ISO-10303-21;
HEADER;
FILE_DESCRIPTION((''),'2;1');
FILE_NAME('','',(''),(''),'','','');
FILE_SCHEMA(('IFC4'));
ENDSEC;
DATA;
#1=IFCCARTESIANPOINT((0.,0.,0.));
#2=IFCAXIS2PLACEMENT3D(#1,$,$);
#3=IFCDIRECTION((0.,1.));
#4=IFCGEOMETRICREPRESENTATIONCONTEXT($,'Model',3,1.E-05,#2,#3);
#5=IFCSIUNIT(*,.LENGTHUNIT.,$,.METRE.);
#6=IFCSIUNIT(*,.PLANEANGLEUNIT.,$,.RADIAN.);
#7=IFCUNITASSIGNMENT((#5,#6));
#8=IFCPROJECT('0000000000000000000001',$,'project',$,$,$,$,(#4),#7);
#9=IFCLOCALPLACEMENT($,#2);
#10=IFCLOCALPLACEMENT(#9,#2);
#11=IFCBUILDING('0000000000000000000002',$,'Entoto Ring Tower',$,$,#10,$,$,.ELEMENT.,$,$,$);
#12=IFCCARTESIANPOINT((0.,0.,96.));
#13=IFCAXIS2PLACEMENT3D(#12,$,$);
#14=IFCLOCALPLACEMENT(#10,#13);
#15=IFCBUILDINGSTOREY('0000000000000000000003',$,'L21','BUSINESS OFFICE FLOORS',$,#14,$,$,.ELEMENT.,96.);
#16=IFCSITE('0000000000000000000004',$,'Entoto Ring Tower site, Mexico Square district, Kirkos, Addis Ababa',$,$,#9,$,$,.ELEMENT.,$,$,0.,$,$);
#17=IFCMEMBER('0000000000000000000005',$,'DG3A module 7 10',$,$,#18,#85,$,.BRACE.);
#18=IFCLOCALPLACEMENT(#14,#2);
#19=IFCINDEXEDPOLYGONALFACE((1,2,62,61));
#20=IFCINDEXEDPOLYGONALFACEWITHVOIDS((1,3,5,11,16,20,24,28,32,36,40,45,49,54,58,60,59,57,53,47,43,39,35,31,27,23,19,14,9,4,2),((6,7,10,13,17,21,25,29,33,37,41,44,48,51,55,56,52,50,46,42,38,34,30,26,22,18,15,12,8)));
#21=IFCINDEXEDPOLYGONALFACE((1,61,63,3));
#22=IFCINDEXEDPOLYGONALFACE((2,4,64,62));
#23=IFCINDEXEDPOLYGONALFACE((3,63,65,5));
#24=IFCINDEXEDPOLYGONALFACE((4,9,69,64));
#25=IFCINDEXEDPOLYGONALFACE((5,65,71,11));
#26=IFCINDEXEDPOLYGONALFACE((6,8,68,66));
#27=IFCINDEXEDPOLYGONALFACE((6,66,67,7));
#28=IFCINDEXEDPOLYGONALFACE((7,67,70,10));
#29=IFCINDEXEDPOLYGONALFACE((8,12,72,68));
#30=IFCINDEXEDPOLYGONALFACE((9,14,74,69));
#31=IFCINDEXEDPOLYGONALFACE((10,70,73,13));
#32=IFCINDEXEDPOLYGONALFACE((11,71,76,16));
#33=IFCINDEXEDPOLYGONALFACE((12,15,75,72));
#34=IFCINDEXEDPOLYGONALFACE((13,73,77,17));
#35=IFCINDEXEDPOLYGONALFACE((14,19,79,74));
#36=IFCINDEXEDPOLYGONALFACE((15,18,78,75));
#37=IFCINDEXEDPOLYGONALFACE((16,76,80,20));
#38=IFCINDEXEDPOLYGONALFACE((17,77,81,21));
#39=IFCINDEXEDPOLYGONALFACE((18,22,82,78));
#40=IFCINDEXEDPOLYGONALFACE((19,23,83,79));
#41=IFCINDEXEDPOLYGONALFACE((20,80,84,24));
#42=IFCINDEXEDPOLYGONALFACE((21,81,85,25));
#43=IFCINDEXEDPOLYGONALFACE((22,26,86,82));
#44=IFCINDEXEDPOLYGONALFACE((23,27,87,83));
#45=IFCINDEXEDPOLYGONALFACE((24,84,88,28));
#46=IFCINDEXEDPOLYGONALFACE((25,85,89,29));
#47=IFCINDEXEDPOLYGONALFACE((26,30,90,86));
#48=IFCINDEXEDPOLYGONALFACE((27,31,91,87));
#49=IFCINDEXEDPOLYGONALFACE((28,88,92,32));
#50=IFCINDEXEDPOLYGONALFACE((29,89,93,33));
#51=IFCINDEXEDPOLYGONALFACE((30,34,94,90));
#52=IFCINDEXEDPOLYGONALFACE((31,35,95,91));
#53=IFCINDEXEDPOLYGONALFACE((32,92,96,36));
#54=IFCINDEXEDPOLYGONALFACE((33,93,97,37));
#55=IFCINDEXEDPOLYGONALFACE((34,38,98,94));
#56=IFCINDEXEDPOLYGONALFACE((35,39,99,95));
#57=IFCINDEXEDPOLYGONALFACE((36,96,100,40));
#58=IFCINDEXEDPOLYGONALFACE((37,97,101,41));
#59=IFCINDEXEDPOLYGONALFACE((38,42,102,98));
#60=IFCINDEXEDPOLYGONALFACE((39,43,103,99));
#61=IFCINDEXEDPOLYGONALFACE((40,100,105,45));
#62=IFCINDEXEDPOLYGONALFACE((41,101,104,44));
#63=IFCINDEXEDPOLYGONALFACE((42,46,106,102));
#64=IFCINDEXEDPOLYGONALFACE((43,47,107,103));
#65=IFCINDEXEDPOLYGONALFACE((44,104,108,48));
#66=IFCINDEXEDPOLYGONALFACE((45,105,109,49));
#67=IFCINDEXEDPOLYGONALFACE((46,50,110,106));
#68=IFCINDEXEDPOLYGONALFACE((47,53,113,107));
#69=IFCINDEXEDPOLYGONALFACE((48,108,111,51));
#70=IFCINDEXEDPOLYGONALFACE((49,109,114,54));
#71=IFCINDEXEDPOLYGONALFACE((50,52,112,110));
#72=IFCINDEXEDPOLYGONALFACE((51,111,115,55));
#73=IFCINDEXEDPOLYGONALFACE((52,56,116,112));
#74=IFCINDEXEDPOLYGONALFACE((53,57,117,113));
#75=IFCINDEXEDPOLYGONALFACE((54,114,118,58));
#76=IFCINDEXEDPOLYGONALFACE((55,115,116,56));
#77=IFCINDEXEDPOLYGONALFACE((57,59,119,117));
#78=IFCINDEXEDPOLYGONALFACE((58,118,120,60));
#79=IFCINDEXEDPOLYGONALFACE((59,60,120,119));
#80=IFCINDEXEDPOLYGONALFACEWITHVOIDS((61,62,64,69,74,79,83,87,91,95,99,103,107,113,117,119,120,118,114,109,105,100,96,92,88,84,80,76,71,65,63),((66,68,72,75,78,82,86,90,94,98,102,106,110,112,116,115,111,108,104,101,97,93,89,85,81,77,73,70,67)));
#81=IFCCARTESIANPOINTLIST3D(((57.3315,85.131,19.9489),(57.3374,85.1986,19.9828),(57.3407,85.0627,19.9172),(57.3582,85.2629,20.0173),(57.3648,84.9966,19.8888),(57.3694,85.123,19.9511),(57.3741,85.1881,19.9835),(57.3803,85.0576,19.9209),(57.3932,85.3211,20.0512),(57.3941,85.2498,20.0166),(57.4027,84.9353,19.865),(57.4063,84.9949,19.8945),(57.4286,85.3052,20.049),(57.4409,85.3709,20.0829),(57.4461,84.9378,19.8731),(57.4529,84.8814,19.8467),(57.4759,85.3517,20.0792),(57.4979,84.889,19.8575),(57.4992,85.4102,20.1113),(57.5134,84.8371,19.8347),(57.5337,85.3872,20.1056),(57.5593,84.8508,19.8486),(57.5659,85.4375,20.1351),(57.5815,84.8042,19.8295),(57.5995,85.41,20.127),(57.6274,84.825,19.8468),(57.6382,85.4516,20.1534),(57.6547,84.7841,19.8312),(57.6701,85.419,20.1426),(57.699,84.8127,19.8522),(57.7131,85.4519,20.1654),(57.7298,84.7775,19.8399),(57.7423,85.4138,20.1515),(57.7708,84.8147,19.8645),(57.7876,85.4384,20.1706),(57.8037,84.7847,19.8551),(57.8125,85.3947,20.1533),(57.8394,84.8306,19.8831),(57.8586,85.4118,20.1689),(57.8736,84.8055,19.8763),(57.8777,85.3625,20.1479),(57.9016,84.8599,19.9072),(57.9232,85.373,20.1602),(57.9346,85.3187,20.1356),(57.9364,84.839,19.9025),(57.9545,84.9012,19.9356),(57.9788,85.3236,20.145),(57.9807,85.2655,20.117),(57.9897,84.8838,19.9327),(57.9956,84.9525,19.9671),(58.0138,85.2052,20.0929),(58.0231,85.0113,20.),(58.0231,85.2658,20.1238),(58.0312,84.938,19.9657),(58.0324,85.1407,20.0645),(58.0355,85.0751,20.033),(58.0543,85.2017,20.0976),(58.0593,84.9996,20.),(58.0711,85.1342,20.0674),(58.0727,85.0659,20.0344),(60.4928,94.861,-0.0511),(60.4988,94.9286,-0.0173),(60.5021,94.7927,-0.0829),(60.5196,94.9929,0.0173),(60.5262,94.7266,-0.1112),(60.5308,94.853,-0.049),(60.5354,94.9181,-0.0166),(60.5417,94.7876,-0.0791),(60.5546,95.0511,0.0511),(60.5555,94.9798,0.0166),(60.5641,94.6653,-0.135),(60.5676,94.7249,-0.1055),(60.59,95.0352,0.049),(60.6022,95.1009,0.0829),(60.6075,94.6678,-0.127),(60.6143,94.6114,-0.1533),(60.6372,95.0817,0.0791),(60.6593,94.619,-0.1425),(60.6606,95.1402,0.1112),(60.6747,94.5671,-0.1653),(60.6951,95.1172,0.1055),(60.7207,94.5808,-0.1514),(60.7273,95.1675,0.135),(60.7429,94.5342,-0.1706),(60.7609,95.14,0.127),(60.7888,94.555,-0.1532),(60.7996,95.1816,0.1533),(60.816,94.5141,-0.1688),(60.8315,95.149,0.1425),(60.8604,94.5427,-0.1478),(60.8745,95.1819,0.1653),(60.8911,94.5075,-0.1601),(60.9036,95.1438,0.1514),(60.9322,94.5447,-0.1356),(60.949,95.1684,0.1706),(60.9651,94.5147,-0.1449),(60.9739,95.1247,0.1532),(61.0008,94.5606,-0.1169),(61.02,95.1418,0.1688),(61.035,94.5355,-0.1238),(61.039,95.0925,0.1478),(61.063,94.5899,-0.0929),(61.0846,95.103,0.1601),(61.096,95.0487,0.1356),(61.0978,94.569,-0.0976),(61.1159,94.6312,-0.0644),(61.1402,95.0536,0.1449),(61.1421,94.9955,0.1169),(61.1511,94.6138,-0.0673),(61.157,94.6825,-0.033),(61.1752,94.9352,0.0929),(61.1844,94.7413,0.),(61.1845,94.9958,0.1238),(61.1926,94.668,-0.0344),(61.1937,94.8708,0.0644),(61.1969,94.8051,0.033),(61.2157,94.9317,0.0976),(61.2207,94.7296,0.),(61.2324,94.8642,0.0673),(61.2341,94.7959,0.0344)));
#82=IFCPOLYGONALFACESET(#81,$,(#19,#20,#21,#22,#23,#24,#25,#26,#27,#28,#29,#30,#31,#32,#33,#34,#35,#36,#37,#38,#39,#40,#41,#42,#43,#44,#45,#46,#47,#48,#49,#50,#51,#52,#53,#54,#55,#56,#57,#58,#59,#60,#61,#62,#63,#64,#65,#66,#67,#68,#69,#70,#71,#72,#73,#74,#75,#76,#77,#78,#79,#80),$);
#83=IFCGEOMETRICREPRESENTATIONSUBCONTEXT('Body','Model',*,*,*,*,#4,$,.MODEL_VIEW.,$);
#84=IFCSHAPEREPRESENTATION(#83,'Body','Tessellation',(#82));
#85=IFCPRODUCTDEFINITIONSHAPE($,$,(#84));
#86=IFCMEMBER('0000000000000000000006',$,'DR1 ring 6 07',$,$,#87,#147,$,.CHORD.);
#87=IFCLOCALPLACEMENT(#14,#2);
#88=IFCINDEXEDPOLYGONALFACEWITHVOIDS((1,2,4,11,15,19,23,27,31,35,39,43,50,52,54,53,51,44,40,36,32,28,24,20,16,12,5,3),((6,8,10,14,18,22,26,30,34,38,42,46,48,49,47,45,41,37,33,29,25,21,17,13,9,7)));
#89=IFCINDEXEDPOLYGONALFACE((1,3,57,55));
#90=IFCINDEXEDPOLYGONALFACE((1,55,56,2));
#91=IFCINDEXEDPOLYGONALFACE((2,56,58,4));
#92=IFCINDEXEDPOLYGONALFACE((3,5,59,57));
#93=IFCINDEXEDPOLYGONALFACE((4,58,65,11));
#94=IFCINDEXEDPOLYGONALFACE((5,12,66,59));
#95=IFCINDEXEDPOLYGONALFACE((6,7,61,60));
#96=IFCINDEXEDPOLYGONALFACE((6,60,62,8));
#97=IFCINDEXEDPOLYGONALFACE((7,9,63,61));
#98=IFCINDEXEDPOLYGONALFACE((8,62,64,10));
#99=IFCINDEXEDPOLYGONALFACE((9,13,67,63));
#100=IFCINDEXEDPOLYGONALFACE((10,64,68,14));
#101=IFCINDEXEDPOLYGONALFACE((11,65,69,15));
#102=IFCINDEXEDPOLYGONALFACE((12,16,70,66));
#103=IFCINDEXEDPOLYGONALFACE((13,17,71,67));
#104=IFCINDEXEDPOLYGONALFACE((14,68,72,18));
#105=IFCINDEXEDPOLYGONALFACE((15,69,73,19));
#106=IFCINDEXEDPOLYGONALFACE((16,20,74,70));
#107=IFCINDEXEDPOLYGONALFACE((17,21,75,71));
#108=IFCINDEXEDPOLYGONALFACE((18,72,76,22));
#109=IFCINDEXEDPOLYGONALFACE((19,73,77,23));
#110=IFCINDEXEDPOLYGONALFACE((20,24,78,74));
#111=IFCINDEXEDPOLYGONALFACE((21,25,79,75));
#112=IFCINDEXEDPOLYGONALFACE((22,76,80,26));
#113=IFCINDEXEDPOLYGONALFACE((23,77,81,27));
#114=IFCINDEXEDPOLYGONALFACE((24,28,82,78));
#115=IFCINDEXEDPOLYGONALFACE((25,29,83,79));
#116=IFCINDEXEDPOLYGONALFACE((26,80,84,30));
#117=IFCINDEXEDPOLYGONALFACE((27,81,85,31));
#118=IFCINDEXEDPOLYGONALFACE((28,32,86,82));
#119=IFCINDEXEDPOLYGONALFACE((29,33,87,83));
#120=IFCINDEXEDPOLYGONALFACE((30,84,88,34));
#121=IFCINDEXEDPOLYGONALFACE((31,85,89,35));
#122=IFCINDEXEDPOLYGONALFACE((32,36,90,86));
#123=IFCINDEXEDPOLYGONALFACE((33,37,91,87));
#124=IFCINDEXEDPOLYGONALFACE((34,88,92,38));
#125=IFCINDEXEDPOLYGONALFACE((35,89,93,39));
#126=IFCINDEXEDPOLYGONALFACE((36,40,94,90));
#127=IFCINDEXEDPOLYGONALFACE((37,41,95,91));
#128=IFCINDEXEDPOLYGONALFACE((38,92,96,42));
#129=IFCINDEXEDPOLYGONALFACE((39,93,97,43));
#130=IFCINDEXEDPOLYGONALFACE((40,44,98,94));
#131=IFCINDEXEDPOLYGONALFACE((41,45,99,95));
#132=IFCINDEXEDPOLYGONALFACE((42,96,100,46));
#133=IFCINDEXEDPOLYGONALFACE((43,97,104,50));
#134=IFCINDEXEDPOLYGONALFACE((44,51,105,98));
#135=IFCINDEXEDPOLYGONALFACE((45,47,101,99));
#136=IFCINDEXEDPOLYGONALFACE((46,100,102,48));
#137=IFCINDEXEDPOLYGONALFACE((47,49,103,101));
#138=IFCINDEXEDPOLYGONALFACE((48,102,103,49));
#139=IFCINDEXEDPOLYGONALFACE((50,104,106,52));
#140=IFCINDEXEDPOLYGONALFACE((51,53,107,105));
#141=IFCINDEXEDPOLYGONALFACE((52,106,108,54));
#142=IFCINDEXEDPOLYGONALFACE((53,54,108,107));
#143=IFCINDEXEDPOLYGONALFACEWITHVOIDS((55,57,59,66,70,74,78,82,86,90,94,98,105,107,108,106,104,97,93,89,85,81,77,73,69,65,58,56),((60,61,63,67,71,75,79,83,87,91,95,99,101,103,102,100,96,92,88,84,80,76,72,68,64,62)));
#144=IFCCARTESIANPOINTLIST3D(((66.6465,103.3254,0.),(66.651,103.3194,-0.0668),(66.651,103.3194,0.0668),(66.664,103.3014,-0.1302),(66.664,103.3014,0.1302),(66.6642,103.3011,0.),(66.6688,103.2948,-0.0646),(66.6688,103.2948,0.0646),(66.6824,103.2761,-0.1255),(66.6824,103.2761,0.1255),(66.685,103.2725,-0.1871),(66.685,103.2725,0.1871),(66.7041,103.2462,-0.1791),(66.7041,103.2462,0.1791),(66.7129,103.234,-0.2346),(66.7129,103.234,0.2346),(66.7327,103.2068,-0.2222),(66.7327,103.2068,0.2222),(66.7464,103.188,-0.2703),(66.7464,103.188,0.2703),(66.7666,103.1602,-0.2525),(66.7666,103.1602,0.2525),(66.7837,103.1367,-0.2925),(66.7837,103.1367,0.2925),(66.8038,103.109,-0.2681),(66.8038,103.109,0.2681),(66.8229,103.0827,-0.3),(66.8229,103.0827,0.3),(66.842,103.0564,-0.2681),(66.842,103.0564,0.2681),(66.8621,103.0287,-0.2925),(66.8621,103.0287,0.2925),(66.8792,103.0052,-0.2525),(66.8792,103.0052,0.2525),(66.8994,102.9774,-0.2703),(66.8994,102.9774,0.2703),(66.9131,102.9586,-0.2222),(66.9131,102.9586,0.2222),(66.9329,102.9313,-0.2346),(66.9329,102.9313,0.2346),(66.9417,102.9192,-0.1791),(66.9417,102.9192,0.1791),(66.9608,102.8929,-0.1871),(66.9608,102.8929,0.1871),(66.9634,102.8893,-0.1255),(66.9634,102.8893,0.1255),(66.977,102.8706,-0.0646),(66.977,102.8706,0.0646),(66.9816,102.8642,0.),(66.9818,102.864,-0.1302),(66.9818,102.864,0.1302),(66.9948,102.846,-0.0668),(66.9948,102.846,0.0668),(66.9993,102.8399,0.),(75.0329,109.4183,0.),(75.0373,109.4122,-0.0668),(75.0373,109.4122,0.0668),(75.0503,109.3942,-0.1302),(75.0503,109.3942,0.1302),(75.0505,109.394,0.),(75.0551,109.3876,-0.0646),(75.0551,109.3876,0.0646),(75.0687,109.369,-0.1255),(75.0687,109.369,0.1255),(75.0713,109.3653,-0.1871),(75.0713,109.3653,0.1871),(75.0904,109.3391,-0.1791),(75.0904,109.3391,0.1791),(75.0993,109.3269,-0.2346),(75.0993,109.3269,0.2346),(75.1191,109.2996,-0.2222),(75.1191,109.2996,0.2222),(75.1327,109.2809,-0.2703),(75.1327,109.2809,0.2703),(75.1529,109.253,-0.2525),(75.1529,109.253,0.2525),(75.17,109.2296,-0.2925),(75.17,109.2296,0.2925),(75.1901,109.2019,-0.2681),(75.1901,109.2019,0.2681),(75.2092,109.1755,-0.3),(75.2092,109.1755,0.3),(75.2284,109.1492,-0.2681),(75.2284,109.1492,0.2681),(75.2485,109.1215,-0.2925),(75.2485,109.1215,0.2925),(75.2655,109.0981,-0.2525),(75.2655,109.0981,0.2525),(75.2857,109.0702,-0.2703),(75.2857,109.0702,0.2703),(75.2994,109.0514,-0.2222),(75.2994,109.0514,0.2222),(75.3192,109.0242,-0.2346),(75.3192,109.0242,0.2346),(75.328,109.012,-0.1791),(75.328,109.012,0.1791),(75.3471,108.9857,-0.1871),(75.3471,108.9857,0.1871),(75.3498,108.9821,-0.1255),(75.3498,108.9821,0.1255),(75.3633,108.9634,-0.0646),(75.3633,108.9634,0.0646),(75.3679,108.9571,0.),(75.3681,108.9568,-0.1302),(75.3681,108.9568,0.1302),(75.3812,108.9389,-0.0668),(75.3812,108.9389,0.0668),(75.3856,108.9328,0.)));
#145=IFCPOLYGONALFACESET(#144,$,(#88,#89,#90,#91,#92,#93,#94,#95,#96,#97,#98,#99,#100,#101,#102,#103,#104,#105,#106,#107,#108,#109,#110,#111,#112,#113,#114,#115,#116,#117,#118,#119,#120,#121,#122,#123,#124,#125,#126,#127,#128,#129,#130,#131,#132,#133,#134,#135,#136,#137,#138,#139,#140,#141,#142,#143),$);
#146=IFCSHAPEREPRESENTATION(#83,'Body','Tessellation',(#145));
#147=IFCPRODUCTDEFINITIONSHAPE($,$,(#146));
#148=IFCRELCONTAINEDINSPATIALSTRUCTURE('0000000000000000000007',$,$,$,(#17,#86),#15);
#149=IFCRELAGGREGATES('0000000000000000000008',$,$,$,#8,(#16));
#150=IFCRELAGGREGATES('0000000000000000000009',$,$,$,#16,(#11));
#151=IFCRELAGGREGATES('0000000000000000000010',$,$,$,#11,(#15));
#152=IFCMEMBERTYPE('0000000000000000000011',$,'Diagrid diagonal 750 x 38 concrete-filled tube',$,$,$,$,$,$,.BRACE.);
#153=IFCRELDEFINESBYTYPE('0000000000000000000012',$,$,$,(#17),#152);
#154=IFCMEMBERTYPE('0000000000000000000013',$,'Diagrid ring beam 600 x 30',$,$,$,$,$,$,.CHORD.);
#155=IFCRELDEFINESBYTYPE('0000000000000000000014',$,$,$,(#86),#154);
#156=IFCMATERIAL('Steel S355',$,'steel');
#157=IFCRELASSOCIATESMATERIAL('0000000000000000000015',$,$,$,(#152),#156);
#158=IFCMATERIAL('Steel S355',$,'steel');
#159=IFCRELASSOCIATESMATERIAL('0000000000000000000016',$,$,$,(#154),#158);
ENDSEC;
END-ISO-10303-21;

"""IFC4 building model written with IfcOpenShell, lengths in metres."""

from ifc_helpers import new_model, si_unit, direction, frame, origin, origin_2d, place, context, subcontext, project, spatial, circle, hollow_circle, extrude, material, material_profile, profile_set, type_object, element, save


model = new_model("IFC4")

# Units and contexts
model_context = context("Model", 3, precision=1e-05, world=origin(), true_north=direction((0.0, 1.0)))
body_context = subcontext(model_context, "Body", "Model", "MODEL_VIEW")
ifc_project = project(units=[si_unit("LENGTHUNIT", "METRE"), si_unit("PLANEANGLEUNIT", "RADIAN")], contexts=[model_context])

# Site, building, storey
site_placement = place(None, origin())
site = spatial("IfcSite", under=ifc_project, at=site_placement, Name="Entoto Ring Tower site, Mexico Square district, Kirkos, Addis Ababa", CompositionType="ELEMENT", RefElevation=0.0)
building_placement = place(site_placement, origin())
building = spatial("IfcBuilding", under=site, at=building_placement, Name="Entoto Ring Tower", CompositionType="ELEMENT")
storey_placement = place(building_placement, frame((0.0, 0.0, 96.0)))
storey = spatial("IfcBuildingStorey", under=building, at=storey_placement, Name="L21", Description="BUSINESS OFFICE FLOORS", CompositionType="ELEMENT", Elevation=96.0)

# Members
ifc_material_1 = material(Name="Steel S355", Category="steel")
ifc_material_profile_1 = material_profile(ifc_material_1, hollow_circle(Radius=0.375, WallThickness=0.0381, at=origin_2d()), Name="CHS 750 x 38")
ifc_material_2 = material(Name="Concrete C60/75", Category="concrete")
ifc_material_profile_2 = material_profile(ifc_material_2, circle(Radius=0.3369, at=origin_2d()), Name="Concrete C60/75 infill")
ifc_profile_set_1 = profile_set([ifc_material_profile_1, ifc_material_profile_2], Name="Steel S355")
member_type_1 = type_object("IfcMemberType", Name="Diagrid diagonal 750 x 38 concrete-filled tube", PredefinedType="BRACE", material=ifc_profile_set_1)
for number, where, z_axis, x_axis, name in (
    (1, (60.864, 94.8455, 0.0), (-0.140726, -0.433121, 0.890282), (0.951059, -0.309009, 0.0), "DG3A module 7 10"),
):
    element("IfcMember", number, at=place(storey_placement, frame(where, z_axis=z_axis, x_axis=x_axis)), inside=storey, type_object=member_type_1, Name=name, PredefinedType="BRACE", context=body_context, shape_type="SweptSolid", body=[
        extrude(hollow_circle(Radius=0.375, WallThickness=0.0381, at=origin_2d()), origin(), (0.0, 0.0, 1.0), 22.4648),
    ])
ifc_material_3 = material(Name="Steel S355", Category="steel")
ifc_material_profile_3 = material_profile(ifc_material_3, hollow_circle(Radius=0.3, WallThickness=0.03, at=origin_2d()), Name="CHS 600 x 30")
ifc_material_4 = material(Name="Concrete C60/75", Category="concrete")
ifc_material_profile_4 = material_profile(ifc_material_4, circle(Radius=0.27, at=origin_2d()), Name="Concrete C60/75 infill")
ifc_profile_set_2 = profile_set([ifc_material_profile_3, ifc_material_profile_4], Name="Steel S355")
member_type_2 = type_object("IfcMemberType", Name="Diagrid ring beam 600 x 30", PredefinedType="CHORD", material=ifc_profile_set_2)
for number, where, z_axis, x_axis, name in (
    (2, (75.2092, 109.1755, 0.0), (-0.809025, -0.587774, 0.0), (0.587774, -0.809025, 0.0), "DR1 ring 6 07"),
):
    element("IfcMember", number, at=place(storey_placement, frame(where, z_axis=z_axis, x_axis=x_axis)), inside=storey, type_object=member_type_2, Name=name, PredefinedType="CHORD", context=body_context, shape_type="SweptSolid", body=[
        extrude(hollow_circle(Radius=0.3, WallThickness=0.03, at=origin_2d()), origin(), (0.0, 0.0, 1.0), 10.366),
    ])

save(model, "model.ifc")
